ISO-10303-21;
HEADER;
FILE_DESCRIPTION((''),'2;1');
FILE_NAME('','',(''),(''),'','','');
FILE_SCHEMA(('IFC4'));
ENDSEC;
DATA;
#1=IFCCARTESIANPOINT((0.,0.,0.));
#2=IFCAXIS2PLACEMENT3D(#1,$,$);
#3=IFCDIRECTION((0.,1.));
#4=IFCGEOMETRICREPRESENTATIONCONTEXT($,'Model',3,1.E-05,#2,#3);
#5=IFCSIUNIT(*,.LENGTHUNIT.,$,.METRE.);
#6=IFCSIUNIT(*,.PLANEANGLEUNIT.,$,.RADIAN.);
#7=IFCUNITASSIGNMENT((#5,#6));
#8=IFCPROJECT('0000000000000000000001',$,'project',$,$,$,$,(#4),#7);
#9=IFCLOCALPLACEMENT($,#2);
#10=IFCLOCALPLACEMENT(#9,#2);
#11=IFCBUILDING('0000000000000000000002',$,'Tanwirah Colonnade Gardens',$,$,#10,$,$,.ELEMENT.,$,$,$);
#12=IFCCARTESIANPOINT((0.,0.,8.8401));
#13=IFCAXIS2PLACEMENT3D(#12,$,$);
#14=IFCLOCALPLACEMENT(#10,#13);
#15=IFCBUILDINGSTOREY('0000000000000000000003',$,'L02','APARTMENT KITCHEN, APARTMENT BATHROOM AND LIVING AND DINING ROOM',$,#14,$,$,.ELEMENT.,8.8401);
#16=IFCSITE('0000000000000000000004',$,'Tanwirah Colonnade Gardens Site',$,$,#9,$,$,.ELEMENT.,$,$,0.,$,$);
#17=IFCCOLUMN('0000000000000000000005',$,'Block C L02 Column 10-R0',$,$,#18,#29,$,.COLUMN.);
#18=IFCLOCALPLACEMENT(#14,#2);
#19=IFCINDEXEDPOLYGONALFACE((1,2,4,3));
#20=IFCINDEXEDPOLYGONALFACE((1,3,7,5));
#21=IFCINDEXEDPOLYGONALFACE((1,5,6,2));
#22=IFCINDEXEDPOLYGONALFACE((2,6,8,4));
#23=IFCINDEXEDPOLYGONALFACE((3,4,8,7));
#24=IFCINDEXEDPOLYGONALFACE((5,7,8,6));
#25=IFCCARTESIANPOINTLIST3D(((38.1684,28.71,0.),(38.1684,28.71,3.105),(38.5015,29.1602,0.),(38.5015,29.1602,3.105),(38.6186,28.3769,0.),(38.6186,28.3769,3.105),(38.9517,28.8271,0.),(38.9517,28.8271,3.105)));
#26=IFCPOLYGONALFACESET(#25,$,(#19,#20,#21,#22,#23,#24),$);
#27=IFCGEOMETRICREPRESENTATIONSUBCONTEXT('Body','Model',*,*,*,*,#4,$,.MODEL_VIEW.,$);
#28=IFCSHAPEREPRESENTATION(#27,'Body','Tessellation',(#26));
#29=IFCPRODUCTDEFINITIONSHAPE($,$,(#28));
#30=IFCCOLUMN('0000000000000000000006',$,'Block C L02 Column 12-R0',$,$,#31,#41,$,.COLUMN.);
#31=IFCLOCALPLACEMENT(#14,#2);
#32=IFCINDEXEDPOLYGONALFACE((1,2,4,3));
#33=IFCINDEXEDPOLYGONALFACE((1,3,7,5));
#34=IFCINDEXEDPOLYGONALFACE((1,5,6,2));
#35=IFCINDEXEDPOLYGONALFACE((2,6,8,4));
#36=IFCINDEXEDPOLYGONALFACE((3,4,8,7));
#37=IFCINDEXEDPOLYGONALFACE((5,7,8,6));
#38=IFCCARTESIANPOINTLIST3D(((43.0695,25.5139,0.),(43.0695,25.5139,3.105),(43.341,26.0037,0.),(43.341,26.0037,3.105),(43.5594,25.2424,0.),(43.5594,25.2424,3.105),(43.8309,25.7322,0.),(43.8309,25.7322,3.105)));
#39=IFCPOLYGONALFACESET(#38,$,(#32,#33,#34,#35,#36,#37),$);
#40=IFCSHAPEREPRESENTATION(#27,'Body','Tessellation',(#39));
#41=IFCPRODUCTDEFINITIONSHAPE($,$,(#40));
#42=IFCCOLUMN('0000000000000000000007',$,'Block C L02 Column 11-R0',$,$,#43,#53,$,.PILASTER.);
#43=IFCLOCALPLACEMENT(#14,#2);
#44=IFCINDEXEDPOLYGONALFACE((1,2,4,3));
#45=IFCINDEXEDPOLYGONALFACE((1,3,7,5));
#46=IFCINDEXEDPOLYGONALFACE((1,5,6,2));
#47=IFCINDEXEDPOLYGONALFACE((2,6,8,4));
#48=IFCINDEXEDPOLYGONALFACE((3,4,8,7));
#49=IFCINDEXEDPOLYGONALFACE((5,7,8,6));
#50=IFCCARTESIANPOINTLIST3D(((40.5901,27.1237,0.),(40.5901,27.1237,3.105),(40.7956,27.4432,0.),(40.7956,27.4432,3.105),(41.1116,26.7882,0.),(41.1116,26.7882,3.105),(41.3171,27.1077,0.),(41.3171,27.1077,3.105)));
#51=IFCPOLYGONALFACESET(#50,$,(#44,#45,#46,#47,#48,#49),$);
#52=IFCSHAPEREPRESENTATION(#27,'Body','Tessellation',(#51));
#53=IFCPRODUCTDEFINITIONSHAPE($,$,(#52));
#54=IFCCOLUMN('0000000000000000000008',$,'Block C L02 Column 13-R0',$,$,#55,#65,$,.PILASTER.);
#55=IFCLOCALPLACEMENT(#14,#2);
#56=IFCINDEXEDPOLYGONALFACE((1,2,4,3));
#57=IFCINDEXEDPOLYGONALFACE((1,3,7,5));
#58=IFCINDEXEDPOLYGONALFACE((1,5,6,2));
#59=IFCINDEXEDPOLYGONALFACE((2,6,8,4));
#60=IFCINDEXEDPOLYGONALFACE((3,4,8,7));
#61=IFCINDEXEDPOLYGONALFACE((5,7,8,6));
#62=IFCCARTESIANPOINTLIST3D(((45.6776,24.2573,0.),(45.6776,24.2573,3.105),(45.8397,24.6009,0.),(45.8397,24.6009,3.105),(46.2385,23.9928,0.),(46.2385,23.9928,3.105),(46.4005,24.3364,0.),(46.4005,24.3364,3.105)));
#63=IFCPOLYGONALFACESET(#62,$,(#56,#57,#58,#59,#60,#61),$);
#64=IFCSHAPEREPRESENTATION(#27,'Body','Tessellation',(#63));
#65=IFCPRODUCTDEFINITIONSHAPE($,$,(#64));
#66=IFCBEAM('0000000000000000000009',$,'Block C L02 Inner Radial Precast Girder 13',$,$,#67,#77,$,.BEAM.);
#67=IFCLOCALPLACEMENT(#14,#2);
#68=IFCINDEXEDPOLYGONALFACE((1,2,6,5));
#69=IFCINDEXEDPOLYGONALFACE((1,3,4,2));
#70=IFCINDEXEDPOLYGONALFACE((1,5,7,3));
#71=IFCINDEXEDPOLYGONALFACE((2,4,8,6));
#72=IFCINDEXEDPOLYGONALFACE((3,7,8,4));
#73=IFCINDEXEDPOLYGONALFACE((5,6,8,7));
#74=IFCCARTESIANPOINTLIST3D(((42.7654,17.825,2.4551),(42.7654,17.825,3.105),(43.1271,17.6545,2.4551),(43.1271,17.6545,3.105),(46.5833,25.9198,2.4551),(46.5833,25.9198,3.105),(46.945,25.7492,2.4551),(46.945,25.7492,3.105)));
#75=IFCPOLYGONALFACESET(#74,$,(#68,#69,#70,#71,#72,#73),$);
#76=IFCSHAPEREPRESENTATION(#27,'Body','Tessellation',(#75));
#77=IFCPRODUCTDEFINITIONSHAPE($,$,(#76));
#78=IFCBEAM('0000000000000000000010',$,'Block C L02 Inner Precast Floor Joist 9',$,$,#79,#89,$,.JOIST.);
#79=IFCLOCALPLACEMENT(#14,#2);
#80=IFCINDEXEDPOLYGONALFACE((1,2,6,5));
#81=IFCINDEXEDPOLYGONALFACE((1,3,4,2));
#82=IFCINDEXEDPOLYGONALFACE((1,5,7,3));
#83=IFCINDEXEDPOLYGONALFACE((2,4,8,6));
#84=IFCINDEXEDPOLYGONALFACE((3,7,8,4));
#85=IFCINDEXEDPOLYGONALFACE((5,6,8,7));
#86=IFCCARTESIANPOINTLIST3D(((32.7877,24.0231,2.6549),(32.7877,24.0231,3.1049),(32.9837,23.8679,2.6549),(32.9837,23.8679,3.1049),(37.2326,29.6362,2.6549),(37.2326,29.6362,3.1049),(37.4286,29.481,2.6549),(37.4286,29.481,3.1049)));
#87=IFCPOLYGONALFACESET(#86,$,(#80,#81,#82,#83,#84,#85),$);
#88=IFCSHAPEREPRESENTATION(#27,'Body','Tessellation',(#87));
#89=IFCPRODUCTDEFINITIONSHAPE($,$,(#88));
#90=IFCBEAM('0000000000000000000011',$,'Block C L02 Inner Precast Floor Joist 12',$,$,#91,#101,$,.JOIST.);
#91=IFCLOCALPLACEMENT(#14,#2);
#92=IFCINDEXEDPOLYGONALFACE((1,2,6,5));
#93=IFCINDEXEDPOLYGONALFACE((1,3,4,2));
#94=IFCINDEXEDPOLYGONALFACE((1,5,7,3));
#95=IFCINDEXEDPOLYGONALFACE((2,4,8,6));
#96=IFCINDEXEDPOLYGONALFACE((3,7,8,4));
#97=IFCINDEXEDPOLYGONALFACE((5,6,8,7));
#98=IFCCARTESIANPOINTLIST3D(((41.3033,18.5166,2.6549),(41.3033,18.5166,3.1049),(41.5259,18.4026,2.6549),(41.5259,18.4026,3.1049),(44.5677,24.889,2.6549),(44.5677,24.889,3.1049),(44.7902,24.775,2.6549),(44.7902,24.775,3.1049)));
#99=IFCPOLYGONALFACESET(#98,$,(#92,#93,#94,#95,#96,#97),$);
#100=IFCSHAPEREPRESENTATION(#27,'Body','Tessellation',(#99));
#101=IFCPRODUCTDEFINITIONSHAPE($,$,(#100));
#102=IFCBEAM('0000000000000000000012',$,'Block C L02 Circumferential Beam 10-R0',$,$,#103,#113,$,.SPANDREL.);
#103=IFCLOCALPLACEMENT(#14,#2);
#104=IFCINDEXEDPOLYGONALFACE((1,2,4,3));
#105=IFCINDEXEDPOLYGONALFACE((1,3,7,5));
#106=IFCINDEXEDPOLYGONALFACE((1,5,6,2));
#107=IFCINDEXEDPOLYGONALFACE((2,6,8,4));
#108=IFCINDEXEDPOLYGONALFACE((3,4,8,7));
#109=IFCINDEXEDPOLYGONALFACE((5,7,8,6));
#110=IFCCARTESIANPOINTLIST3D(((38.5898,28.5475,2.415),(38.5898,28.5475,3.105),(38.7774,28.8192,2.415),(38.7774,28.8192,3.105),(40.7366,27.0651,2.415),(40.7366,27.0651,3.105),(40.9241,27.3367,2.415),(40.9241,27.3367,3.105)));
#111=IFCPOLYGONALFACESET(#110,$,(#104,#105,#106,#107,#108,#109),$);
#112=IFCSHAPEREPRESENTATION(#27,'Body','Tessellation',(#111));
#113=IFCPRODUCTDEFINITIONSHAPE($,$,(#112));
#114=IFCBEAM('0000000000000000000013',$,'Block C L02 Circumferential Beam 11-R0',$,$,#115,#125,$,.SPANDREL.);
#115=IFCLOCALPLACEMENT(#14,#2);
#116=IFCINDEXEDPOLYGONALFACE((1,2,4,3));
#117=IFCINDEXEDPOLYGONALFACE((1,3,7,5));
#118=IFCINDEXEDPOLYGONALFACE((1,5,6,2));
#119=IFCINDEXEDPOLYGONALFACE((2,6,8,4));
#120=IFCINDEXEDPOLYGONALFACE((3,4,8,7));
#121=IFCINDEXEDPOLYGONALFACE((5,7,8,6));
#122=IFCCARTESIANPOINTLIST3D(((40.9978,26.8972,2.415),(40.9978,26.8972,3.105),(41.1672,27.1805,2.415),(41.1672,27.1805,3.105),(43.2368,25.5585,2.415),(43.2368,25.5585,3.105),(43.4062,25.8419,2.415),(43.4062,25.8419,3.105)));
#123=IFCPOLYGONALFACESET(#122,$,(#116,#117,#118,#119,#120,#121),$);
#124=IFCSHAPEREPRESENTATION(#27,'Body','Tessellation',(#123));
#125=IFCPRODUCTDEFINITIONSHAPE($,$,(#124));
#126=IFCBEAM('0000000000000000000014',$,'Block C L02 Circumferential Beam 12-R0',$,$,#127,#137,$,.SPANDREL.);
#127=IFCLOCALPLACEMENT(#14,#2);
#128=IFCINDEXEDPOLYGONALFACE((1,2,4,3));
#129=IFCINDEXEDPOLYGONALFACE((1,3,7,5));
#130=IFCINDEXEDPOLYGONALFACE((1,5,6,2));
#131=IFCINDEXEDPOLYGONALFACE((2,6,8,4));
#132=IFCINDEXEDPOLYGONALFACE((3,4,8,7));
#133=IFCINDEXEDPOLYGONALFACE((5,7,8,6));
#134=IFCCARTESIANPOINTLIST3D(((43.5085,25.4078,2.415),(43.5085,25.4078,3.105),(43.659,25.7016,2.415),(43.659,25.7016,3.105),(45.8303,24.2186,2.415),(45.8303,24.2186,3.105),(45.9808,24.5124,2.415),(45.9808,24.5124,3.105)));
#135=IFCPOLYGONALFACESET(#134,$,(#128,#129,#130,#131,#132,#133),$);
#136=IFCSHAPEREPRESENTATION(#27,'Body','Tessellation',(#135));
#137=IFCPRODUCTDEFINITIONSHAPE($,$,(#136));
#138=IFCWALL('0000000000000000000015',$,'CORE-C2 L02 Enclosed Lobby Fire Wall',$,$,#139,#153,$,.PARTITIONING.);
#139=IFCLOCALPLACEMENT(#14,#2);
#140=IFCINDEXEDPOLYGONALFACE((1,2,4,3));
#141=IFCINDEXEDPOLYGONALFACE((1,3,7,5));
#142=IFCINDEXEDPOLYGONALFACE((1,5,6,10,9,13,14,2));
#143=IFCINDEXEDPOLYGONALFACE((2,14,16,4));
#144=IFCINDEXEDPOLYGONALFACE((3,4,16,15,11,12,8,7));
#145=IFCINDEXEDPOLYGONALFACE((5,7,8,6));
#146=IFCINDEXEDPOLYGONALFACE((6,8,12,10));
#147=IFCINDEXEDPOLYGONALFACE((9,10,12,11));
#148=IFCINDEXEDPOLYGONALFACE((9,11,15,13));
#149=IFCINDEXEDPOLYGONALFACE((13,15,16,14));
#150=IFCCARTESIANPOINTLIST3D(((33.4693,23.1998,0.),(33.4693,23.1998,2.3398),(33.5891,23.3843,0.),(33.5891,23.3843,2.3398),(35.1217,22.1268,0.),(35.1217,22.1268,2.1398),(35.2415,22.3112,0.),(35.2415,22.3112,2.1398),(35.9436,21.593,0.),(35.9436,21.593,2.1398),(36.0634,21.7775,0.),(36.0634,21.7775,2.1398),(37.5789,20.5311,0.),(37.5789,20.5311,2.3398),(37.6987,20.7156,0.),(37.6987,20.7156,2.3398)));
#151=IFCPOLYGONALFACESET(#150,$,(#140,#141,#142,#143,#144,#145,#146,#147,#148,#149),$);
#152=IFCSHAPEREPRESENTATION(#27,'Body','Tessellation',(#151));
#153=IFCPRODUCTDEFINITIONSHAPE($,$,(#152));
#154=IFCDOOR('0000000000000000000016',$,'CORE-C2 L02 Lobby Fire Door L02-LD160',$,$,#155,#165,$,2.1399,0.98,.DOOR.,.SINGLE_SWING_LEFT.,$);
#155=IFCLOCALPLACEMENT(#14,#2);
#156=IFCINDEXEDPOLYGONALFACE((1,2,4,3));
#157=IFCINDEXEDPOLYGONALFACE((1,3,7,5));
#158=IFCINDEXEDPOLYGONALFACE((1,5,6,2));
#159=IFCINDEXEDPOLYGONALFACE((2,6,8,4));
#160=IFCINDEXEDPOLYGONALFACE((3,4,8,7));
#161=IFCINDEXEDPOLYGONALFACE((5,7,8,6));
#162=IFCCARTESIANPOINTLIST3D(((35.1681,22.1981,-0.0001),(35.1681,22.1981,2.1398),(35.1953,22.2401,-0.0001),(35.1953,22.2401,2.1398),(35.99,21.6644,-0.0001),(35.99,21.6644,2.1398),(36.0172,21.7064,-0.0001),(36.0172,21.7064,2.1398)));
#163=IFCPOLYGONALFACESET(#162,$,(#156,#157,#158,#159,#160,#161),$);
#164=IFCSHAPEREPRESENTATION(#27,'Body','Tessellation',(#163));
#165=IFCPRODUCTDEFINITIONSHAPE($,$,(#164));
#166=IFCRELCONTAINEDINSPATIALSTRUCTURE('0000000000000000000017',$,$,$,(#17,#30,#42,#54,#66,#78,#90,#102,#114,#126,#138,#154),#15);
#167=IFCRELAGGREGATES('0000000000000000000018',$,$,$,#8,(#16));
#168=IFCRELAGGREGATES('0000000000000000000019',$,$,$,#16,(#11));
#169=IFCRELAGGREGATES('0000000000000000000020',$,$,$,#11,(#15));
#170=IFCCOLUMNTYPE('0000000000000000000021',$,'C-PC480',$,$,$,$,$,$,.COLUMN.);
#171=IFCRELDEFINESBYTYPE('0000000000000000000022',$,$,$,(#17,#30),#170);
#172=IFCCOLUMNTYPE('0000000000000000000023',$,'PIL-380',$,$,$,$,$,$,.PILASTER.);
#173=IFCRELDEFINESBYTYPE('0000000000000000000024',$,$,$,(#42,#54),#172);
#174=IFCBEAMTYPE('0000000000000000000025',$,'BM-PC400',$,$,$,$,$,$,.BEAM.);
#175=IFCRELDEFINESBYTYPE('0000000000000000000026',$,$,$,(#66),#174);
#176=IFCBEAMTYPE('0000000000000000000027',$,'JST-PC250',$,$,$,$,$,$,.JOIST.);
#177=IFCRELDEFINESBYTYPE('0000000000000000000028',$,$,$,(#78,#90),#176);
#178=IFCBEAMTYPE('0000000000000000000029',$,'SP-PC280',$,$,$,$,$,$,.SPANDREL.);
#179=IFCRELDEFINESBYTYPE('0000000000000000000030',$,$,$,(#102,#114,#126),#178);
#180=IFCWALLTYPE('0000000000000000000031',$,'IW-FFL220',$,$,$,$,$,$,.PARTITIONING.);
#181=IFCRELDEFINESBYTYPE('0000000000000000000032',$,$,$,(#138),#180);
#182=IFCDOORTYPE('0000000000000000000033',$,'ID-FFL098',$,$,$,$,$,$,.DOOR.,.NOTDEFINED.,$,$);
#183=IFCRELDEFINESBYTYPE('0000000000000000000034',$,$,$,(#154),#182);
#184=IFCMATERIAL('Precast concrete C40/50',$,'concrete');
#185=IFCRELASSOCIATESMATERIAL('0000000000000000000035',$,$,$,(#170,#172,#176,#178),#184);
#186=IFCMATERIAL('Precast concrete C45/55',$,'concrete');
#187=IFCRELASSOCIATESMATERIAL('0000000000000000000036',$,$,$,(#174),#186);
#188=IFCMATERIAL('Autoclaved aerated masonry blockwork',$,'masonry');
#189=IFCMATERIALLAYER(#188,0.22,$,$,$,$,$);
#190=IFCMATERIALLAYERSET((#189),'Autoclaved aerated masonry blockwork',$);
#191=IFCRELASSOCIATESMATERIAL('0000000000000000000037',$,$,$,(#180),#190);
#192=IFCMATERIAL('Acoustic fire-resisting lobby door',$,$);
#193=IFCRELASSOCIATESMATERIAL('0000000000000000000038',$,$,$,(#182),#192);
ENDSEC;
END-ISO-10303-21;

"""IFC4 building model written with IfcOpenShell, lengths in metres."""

from ifc_helpers import new_model, si_unit, direction, frame, frame_2d, origin, origin_2d, place, context, subcontext, project, spatial, rectangle, extrude, material, layer, layer_set, material_profile, profile_set, type_object, element, fill, save


model = new_model("IFC4")

# Units and contexts
model_context = context("Model", 3, precision=1e-05, world=origin(), true_north=direction((0.0, 1.0)))
body_context = subcontext(model_context, "Body", "Model", "MODEL_VIEW")
ifc_project = project(units=[si_unit("LENGTHUNIT", "METRE"), si_unit("PLANEANGLEUNIT", "RADIAN")], contexts=[model_context])

# Site, building, storey
site_placement = place(None, origin())
site = spatial("IfcSite", under=ifc_project, at=site_placement, Name="Tanwirah Colonnade Gardens Site", CompositionType="ELEMENT", RefElevation=0.0)
building_placement = place(site_placement, origin())
building = spatial("IfcBuilding", under=site, at=building_placement, Name="Tanwirah Colonnade Gardens", CompositionType="ELEMENT")
storey_placement = place(building_placement, frame((0.0, 0.0, 8.8401)))
storey = spatial("IfcBuildingStorey", under=building, at=storey_placement, Name="L02", Description="APARTMENT KITCHEN, APARTMENT BATHROOM AND LIVING AND DINING ROOM", CompositionType="ELEMENT", Elevation=8.8401)

# Columns
ifc_material_1 = material(Name="Precast concrete C40/50", Category="concrete")
ifc_material_profile_1 = material_profile(ifc_material_1, rectangle(XDim=0.5601, YDim=0.5601, at=origin_2d()), Name="PC-COL 560x560")
ifc_profile_set_1 = profile_set([ifc_material_profile_1], Name="Precast concrete C40/50")
column_type_1 = type_object("IfcColumnType", Name="C-PC480", PredefinedType="COLUMN", material=ifc_profile_set_1)
for number, where, z_axis, x_axis, name in (
    (1, (38.5601, 28.7686, 0.0), (0.0, 0.0, 1.0), (-0.594823, -0.803857, 0.0), "Block C L02 Column 10-R0"),
    (2, (43.4502, 25.623, 0.0), (0.0, 0.0, 1.0), (-0.48481, -0.87462, 0.0), "Block C L02 Column 12-R0"),
):
    element("IfcColumn", number, at=place(storey_placement, frame(where, z_axis=z_axis, x_axis=x_axis)), inside=storey, type_object=column_type_1, Name=name, PredefinedType="COLUMN", context=body_context, shape_type="SweptSolid", body=[
        extrude(rectangle(XDim=0.5601, YDim=0.5601, at=origin_2d()), origin(), (0.0, 0.0, 1.0), 3.105),
    ])
ifc_material_profile_2 = material_profile(ifc_material_1, rectangle(XDim=0.3799, YDim=0.6201, at=origin_2d()), Name="PC-PIL 380x620")
ifc_profile_set_2 = profile_set([ifc_material_profile_2], Name="Precast concrete C40/50")
column_type_2 = type_object("IfcColumnType", Name="PIL-380", PredefinedType="PILASTER", material=ifc_profile_set_2)
for number, where, z_axis, x_axis, name in (
    (3, (40.9536, 27.1157, 0.0), (0.0, 0.0, 1.0), (-0.540974, -0.841039, 0.0), "Block C L02 Column 11-R0"),
    (4, (46.0391, 24.2969, 0.0), (0.0, 0.0, 1.0), (-0.426569, -0.904455, 0.0), "Block C L02 Column 13-R0"),
):
    element("IfcColumn", number, at=place(storey_placement, frame(where, z_axis=z_axis, x_axis=x_axis)), inside=storey, type_object=column_type_2, Name=name, PredefinedType="PILASTER", context=body_context, shape_type="SweptSolid", body=[
        extrude(rectangle(XDim=0.3799, YDim=0.6201, at=origin_2d()), origin(), (0.0, 0.0, 1.0), 3.105),
    ])

# Beams
ifc_material_2 = material(Name="Precast concrete C45/55", Category="concrete")
ifc_material_profile_3 = material_profile(ifc_material_2, rectangle(XDim=0.3999, YDim=0.6499, at=origin_2d()), Name="PC-BM 400x650")
ifc_profile_set_3 = profile_set([ifc_material_profile_3], Name="Precast concrete C45/55")
beam_type_1 = type_object("IfcBeamType", Name="BM-PC400", PredefinedType="BEAM", material=ifc_profile_set_3)
beam_1_placement = place(storey_placement, frame((42.9463, 17.7397, 2.78), z_axis=(0.426582, 0.904449, 0.0), x_axis=(-0.904449, 0.426582, 0.0)))
element("IfcBeam", 5, at=beam_1_placement, inside=storey, type_object=beam_type_1, Name="Block C L02 Inner Radial Precast Girder 13", PredefinedType="BEAM", context=body_context, shape_type="SweptSolid", body=[
    extrude(rectangle(XDim=0.3999, YDim=0.6499, at=origin_2d()), origin(), (0.0, 0.0, 1.0), 8.95),
])
ifc_material_profile_4 = material_profile(ifc_material_1, rectangle(XDim=0.25, YDim=0.45, at=origin_2d()), Name="PC-JST 250x450")
ifc_profile_set_4 = profile_set([ifc_material_profile_4], Name="Precast concrete C40/50")
beam_type_2 = type_object("IfcBeamType", Name="JST-PC250", PredefinedType="JOIST", material=ifc_profile_set_4)
for number, where, z_axis, x_axis, name in (
    (6, (37.3306, 29.5586, 2.8799), (-0.620803, -0.783966, 0.0), (0.783966, -0.620803, 0.0), "Block C L02 Inner Precast Floor Joist 9"),
    (7, (44.679, 24.832, 2.8799), (-0.455921, -0.89002, 0.0), (0.89002, -0.455921, 0.0), "Block C L02 Inner Precast Floor Joist 12"),
):
    element("IfcBeam", number, at=place(storey_placement, frame(where, z_axis=z_axis, x_axis=x_axis)), inside=storey, type_object=beam_type_2, Name=name, PredefinedType="JOIST", context=body_context, shape_type="SweptSolid", body=[
        extrude(rectangle(XDim=0.25, YDim=0.45, at=origin_2d()), origin(), (0.0, 0.0, 1.0), 7.1599),
    ])
ifc_material_profile_5 = material_profile(ifc_material_1, rectangle(XDim=0.3301, YDim=0.6899, at=origin_2d()), Name="PC-SP 330x690")
ifc_profile_set_5 = profile_set([ifc_material_profile_5], Name="Precast concrete C40/50")
beam_type_3 = type_object("IfcBeamType", Name="SP-PC280", PredefinedType="SPANDREL", material=ifc_profile_set_5)
beam_2_placement = place(storey_placement, frame((38.6836, 28.6833, 2.76), z_axis=(0.822869, -0.568231, 0.0), x_axis=(0.568231, 0.822869, 0.0)))
element("IfcBeam", 8, at=beam_2_placement, inside=storey, type_object=beam_type_3, Name="Block C L02 Circumferential Beam 10-R0", PredefinedType="SPANDREL", context=body_context, shape_type="SweptSolid", body=[
    extrude(rectangle(XDim=0.3301, YDim=0.6899, at=origin_2d()), origin(), (0.0, 0.0, 1.0), 2.6089),
])
for number, where, z_axis, x_axis, name in (
    (9, (41.0825, 27.0388, 2.76), (0.858301, -0.513146, 0.0), (0.513146, 0.858301, 0.0), "Block C L02 Circumferential Beam 11-R0"),
    (10, (43.5837, 25.5547, 2.76), (0.890042, -0.455878, 0.0), (0.455878, 0.890042, 0.0), "Block C L02 Circumferential Beam 12-R0"),
):
    element("IfcBeam", number, at=place(storey_placement, frame(where, z_axis=z_axis, x_axis=x_axis)), inside=storey, type_object=beam_type_3, Name=name, PredefinedType="SPANDREL", context=body_context, shape_type="SweptSolid", body=[
        extrude(rectangle(XDim=0.3301, YDim=0.6899, at=origin_2d()), origin(), (0.0, 0.0, 1.0), 2.6086),
    ])

# Wall, opening, door
ifc_material_3 = material(Name="Autoclaved aerated masonry blockwork", Category="masonry")
ifc_layer_1 = layer(ifc_material_3, 0.22)
ifc_layer_set_1 = layer_set([ifc_layer_1], Name="Autoclaved aerated masonry blockwork")
wall_type_1 = type_object("IfcWallType", Name="IW-FFL220", PredefinedType="PARTITIONING", material=ifc_layer_set_1)
wall_1_placement = place(storey_placement, frame((37.6389, 20.6233, 0.0), z_axis=(0.0, 0.0, 1.0), x_axis=(-0.838681, 0.544622, 0.0)))
wall_1 = element("IfcWall", 11, at=wall_1_placement, inside=storey, type_object=wall_type_1, Name="CORE-C2 L02 Enclosed Lobby Fire Wall", PredefinedType="PARTITIONING", context=body_context, shape_type="SweptSolid", body=[
    extrude(rectangle(XDim=4.9001, YDim=0.22, at=frame_2d((2.4502, 0.0))), origin(), (0.0, 0.0, 1.0), 2.3398),
])
opening_1_placement = place(wall_1_placement, frame((1.95, 0.0, 0.0)))
opening_1 = element("IfcOpeningElement", 12, at=opening_1_placement, cuts=wall_1, PredefinedType="OPENING", context=body_context, shape_type="SweptSolid", body=[
    extrude(rectangle(XDim=0.98, YDim=2.1399, at=frame_2d((0.49, 1.0698))), frame((0.0, 0.1199, 0.0), z_axis=(0.0, -1.0, 0.0), x_axis=(1.0, 0.0, 0.0)), (0.0, 0.0, 1.0), 0.24),
])
ifc_material_4 = material(Name="Acoustic fire-resisting lobby door")
door_type_1 = type_object("IfcDoorType", Name="ID-FFL098", OperationType="NOTDEFINED", PredefinedType="DOOR", material=ifc_material_4)
door_1_placement = place(opening_1_placement, origin())
door_1 = element("IfcDoor", 13, at=door_1_placement, inside=storey, type_object=door_type_1, Name="CORE-C2 L02 Lobby Fire Door L02-LD160", OperationType="SINGLE_SWING_LEFT", OverallHeight=2.1399, OverallWidth=0.98, PredefinedType="DOOR", context=body_context, shape_type="SweptSolid", body=[
    extrude(rectangle(XDim=0.98, YDim=2.1399, at=frame_2d((0.49, 1.0698))), frame((0.0, 0.0249, 0.0), z_axis=(0.0, -1.0, 0.0), x_axis=(1.0, 0.0, 0.0)), (0.0, 0.0, 1.0), 0.05),
])
fill(opening_1, door_1)

save(model, "model.ifc")
